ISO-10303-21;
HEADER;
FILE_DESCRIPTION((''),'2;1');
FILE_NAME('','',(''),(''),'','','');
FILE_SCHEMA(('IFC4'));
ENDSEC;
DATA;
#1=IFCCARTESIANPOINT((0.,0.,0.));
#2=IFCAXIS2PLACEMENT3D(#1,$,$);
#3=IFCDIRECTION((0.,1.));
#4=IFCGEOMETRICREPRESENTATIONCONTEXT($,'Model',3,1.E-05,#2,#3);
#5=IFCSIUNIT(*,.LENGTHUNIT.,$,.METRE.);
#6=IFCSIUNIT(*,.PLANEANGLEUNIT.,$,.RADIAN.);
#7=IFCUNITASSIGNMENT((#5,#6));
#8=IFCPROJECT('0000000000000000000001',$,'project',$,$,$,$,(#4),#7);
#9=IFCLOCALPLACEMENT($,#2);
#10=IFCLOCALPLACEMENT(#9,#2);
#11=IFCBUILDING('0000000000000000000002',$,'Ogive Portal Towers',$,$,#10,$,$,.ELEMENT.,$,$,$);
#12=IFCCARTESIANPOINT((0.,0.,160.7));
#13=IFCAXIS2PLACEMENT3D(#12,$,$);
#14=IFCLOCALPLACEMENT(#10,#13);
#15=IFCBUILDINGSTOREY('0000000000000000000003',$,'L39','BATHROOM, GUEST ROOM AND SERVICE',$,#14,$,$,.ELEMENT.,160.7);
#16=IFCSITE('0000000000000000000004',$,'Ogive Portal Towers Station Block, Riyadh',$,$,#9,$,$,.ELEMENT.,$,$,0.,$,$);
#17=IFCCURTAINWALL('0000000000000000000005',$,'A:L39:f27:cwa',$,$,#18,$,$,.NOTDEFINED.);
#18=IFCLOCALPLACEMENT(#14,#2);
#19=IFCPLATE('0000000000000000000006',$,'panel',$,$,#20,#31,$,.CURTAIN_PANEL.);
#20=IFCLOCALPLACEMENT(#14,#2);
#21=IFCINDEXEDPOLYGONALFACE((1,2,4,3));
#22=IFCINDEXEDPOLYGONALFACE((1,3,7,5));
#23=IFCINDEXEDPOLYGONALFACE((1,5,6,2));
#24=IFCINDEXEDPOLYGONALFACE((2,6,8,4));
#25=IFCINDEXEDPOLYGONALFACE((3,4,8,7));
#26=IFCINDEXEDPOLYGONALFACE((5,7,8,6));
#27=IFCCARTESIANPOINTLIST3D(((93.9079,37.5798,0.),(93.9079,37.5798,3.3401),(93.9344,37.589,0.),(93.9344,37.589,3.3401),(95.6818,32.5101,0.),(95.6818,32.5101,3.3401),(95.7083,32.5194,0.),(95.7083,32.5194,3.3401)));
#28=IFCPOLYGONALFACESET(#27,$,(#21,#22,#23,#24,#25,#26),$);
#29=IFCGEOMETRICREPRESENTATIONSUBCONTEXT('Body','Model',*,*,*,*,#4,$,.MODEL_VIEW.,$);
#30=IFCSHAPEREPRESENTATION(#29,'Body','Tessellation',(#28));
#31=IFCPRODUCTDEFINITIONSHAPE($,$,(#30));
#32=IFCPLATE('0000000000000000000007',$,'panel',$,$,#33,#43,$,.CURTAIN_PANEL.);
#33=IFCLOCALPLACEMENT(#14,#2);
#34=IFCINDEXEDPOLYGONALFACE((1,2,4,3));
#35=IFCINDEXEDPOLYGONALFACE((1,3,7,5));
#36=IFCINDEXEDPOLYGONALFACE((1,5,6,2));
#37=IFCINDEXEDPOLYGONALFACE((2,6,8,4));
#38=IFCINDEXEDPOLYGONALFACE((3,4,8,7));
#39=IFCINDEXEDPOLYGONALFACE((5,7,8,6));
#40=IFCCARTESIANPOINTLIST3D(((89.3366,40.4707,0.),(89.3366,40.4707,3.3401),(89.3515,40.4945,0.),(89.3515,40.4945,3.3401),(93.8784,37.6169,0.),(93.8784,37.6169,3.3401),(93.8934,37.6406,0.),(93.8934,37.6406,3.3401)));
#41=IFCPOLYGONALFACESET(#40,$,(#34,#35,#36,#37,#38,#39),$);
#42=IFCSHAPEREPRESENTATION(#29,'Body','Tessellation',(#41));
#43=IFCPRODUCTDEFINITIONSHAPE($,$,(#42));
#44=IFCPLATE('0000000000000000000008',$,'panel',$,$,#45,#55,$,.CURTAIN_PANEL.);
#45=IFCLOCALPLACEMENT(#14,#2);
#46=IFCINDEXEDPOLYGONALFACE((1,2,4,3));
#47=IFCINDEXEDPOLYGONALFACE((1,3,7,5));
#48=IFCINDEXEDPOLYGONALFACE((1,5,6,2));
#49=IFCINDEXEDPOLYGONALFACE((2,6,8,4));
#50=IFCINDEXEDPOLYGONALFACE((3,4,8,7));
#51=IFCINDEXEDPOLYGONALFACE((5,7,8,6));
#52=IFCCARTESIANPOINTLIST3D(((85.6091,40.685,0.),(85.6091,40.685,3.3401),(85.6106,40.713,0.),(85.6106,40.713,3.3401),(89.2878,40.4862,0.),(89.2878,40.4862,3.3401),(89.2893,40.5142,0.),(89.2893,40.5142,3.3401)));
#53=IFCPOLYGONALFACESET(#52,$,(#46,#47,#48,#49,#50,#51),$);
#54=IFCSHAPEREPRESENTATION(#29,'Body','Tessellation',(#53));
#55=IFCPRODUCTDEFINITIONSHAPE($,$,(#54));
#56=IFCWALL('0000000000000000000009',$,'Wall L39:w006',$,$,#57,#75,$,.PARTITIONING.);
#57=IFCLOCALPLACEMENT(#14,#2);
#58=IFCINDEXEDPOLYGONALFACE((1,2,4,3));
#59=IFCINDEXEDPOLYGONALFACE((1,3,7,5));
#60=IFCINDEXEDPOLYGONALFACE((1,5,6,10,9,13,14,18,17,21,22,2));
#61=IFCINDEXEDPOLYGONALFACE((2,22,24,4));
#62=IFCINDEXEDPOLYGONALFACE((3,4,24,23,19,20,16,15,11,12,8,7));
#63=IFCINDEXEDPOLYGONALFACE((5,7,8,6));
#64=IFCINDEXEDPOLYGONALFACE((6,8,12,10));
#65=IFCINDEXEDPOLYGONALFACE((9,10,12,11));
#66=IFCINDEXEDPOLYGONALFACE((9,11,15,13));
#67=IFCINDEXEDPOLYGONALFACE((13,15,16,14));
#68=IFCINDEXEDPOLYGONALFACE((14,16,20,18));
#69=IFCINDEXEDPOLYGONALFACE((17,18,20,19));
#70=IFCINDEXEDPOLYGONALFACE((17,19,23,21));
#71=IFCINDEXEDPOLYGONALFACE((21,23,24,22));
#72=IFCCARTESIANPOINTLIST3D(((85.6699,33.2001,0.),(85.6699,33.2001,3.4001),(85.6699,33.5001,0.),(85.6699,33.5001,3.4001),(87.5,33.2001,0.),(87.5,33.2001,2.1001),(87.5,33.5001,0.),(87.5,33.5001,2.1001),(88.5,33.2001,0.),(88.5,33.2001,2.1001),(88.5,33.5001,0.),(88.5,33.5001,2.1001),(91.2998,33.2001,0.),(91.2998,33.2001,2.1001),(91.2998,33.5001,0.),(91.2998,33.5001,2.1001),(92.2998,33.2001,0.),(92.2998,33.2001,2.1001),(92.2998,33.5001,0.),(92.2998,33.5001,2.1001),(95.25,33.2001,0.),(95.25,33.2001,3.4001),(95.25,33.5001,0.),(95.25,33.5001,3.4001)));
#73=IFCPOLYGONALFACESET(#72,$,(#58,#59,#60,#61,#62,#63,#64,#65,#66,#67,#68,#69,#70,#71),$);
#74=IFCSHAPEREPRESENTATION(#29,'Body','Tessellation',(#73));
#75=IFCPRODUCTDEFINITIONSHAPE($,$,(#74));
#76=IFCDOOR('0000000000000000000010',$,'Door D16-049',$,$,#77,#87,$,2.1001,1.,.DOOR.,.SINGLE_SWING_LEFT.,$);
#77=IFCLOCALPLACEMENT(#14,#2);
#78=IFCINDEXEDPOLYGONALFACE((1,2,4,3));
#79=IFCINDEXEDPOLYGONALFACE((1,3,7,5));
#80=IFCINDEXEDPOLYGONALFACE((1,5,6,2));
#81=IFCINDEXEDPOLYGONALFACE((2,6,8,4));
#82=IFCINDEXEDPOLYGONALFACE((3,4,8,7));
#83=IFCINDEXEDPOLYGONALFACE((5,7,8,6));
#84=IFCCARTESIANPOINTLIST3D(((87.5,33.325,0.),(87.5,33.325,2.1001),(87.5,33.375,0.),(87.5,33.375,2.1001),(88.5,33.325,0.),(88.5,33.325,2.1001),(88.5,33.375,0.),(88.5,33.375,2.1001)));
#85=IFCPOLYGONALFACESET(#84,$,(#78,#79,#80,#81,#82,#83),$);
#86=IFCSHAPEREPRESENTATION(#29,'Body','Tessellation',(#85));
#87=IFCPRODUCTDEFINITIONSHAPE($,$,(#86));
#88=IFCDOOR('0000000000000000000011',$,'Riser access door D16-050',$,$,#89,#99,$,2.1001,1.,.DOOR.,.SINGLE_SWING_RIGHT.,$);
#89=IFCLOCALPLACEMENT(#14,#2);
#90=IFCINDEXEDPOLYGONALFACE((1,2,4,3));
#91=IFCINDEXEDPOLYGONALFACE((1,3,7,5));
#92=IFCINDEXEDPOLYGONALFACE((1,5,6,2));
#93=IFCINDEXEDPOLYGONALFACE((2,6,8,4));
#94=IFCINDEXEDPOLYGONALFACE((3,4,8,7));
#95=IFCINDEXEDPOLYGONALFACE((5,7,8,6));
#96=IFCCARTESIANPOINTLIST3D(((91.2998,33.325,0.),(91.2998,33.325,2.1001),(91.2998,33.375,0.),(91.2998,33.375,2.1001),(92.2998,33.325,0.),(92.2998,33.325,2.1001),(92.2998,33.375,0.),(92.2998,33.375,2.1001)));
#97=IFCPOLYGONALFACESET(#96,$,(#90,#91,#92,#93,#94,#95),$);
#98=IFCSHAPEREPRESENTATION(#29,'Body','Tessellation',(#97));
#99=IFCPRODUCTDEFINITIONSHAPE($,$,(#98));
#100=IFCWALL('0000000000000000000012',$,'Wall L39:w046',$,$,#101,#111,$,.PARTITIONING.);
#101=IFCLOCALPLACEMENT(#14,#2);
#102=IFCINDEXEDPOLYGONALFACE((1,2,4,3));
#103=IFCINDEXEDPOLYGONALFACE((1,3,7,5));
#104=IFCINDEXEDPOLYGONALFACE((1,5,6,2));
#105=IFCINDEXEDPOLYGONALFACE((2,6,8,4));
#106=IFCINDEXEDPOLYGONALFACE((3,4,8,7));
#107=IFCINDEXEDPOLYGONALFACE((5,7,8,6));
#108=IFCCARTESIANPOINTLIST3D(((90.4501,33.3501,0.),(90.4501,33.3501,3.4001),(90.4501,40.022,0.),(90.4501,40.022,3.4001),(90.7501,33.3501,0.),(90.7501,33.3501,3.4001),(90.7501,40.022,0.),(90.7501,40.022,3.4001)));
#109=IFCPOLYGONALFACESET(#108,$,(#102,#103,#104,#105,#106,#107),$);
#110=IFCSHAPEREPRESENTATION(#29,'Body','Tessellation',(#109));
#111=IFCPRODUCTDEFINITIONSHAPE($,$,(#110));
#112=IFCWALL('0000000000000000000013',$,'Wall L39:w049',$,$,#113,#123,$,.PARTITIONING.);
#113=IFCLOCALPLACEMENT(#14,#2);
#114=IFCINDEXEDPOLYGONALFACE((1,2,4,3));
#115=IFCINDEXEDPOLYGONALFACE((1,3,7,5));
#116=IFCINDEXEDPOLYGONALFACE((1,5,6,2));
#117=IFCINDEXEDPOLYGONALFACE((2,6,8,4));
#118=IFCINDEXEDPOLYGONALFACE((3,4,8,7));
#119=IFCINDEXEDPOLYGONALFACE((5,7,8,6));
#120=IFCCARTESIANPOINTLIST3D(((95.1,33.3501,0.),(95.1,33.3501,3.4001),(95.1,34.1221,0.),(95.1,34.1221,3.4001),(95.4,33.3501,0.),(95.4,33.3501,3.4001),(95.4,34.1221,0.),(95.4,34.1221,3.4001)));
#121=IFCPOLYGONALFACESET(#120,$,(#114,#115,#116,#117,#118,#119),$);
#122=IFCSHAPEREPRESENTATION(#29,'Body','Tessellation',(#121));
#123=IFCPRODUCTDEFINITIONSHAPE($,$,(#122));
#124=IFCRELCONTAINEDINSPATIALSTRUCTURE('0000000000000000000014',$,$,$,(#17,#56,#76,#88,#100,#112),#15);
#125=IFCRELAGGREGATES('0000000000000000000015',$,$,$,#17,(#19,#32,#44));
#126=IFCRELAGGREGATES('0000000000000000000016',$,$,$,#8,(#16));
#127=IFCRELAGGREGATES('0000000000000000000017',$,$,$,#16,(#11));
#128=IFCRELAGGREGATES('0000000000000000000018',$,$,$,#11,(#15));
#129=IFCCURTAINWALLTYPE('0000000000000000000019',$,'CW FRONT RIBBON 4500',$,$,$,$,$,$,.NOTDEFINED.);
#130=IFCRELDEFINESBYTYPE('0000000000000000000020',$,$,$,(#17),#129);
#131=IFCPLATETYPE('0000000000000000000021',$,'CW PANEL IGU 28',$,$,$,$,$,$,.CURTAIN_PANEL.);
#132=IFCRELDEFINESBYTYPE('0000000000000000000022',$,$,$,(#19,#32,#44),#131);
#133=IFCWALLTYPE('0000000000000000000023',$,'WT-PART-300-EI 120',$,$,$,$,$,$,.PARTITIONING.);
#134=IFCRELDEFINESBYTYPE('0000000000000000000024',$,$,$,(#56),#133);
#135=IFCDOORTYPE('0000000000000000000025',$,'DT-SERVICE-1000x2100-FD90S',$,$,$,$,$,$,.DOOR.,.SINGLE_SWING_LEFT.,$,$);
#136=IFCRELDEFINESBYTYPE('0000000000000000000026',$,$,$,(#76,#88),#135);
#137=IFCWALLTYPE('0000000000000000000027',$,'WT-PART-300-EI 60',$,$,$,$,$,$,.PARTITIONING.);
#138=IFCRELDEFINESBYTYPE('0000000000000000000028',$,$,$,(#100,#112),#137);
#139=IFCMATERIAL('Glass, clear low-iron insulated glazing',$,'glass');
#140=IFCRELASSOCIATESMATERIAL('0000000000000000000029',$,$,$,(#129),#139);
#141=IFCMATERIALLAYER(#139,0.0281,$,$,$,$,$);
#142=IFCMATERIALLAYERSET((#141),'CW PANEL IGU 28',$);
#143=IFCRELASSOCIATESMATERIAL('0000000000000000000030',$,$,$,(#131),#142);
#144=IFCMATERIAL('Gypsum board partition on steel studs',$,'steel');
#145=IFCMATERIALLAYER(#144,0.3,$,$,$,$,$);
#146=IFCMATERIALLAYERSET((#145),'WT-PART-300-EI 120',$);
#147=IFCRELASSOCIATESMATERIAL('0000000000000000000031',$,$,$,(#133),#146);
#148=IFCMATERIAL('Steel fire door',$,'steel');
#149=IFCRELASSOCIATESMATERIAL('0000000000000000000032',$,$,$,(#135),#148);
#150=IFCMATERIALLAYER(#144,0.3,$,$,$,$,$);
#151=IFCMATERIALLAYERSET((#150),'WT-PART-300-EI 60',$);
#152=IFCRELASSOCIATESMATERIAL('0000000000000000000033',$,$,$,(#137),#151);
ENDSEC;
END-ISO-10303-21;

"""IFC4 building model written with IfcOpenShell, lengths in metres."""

from ifc_helpers import new_model, si_unit, direction, frame, frame_2d, origin, origin_2d, place, context, subcontext, project, spatial, rectangle, extrude, material, layer, layer_set, type_object, element, fill, aggregate, save


model = new_model("IFC4")

# Units and contexts
model_context = context("Model", 3, precision=1e-05, world=origin(), true_north=direction((0.0, 1.0)))
body_context = subcontext(model_context, "Body", "Model", "MODEL_VIEW")
ifc_project = project(units=[si_unit("LENGTHUNIT", "METRE"), si_unit("PLANEANGLEUNIT", "RADIAN")], contexts=[model_context])

# Site, building, storey
site_placement = place(None, origin())
site = spatial("IfcSite", under=ifc_project, at=site_placement, Name="Ogive Portal Towers Station Block, Riyadh", CompositionType="ELEMENT", RefElevation=0.0)
building_placement = place(site_placement, origin())
building = spatial("IfcBuilding", under=site, at=building_placement, Name="Ogive Portal Towers", CompositionType="ELEMENT")
storey_placement = place(building_placement, frame((0.0, 0.0, 160.7)))
storey = spatial("IfcBuildingStorey", under=building, at=storey_placement, Name="L39", Description="BATHROOM, GUEST ROOM AND SERVICE", CompositionType="ELEMENT", Elevation=160.7)

# Curtain wall
ifc_material_1 = material(Name="Glass, clear low-iron insulated glazing", Category="glass")
curtain_wall_type_1 = type_object("IfcCurtainWallType", Name="CW FRONT RIBBON 4500", PredefinedType="NOTDEFINED", material=ifc_material_1)
curtain_wall_1_placement = place(storey_placement, origin())
curtain_wall_1 = element("IfcCurtainWall", 1, at=curtain_wall_1_placement, inside=storey, type_object=curtain_wall_type_1, Name="A:L39:f27:cwa", PredefinedType="NOTDEFINED")

# Plates
ifc_layer_1 = layer(ifc_material_1, 0.0281)
ifc_layer_set_1 = layer_set([ifc_layer_1], Name="CW PANEL IGU 28")
plate_type = type_object("IfcPlateType", Name="CW PANEL IGU 28", PredefinedType="CURTAIN_PANEL", material=ifc_layer_set_1)
plate_1_placement = place(storey_placement, frame((94.8081, 35.0496, 0.0), z_axis=(0.0, 0.0, 1.0), x_axis=(-0.330279, 0.943883, 0.0)))
plate_1 = element("IfcPlate", 2, at=plate_1_placement, type_object=plate_type, Name="panel", PredefinedType="CURTAIN_PANEL", context=body_context, shape_type="SweptSolid", body=[
    extrude(rectangle(XDim=5.3711, YDim=0.0281, at=origin_2d()), origin(), (0.0, 0.0, 1.0), 3.3401),
])
plate_2_placement = place(storey_placement, frame((91.615, 39.0557, 0.0), z_axis=(0.0, 0.0, 1.0), x_axis=(-0.846724, 0.532032, 0.0)))
plate_2 = element("IfcPlate", 3, at=plate_2_placement, type_object=plate_type, Name="panel", PredefinedType="CURTAIN_PANEL", context=body_context, shape_type="SweptSolid", body=[
    extrude(rectangle(XDim=5.364, YDim=0.0281, at=origin_2d()), origin(), (0.0, 0.0, 1.0), 3.3401),
])
plate_3_placement = place(storey_placement, frame((87.4492, 40.5996, 0.0), z_axis=(0.0, 0.0, 1.0), x_axis=(-0.998543, 0.053965, 0.0)))
plate_3 = element("IfcPlate", 4, at=plate_3_placement, type_object=plate_type, Name="panel", PredefinedType="CURTAIN_PANEL", context=body_context, shape_type="SweptSolid", body=[
    extrude(rectangle(XDim=3.6841, YDim=0.0281, at=origin_2d()), origin(), (0.0, 0.0, 1.0), 3.3401),
])
aggregate(curtain_wall_1, [plate_1, plate_2, plate_3])

# Wall, openings, doors
ifc_material_2 = material(Name="Gypsum board partition on steel studs", Category="steel")
ifc_layer_2 = layer(ifc_material_2, 0.3)
ifc_layer_set_2 = layer_set([ifc_layer_2], Name="WT-PART-300-EI 120")
wall_type_1 = type_object("IfcWallType", Name="WT-PART-300-EI 120", PredefinedType="PARTITIONING", material=ifc_layer_set_2)
wall_1_placement = place(storey_placement, frame((85.6699, 33.3501, 0.0), z_axis=(0.0, 0.0, 1.0), x_axis=(1.0, 0.0, 0.0)))
wall_1 = element("IfcWall", 5, at=wall_1_placement, inside=storey, type_object=wall_type_1, Name="Wall L39:w006", PredefinedType="PARTITIONING", context=body_context, shape_type="SweptSolid", body=[
    extrude(rectangle(XDim=9.5801, YDim=0.3, at=frame_2d((4.79, 0.0))), origin(), (0.0, 0.0, 1.0), 3.4001),
])
opening_1_placement = place(wall_1_placement, frame((1.8301, 0.0, 0.0)))
opening_1 = element("IfcOpeningElement", 6, at=opening_1_placement, cuts=wall_1, PredefinedType="OPENING", context=body_context, shape_type="SweptSolid", body=[
    extrude(rectangle(XDim=1.0, YDim=2.1001, at=frame_2d((0.5, 1.05))), frame((0.0, 0.1602, 0.0), z_axis=(0.0, -1.0, 0.0), x_axis=(1.0, 0.0, 0.0)), (0.0, 0.0, 1.0), 0.3201),
])
opening_2_placement = place(wall_1_placement, frame((5.6299, 0.0, 0.0)))
opening_2 = element("IfcOpeningElement", 7, at=opening_2_placement, cuts=wall_1, PredefinedType="OPENING", context=body_context, shape_type="SweptSolid", body=[
    extrude(rectangle(XDim=1.0, YDim=2.1001, at=frame_2d((0.5, 1.05))), frame((0.0, 0.1602, 0.0), z_axis=(0.0, -1.0, 0.0), x_axis=(1.0, 0.0, 0.0)), (0.0, 0.0, 1.0), 0.3201),
])
ifc_material_3 = material(Name="Steel fire door", Category="steel")
door_type = type_object("IfcDoorType", Name="DT-SERVICE-1000x2100-FD90S", OperationType="SINGLE_SWING_LEFT", PredefinedType="DOOR", material=ifc_material_3)
door_1_placement = place(opening_1_placement, origin())
door_1 = element("IfcDoor", 8, at=door_1_placement, inside=storey, type_object=door_type, Name="Door D16-049", OperationType="SINGLE_SWING_LEFT", OverallHeight=2.1001, OverallWidth=1.0, PredefinedType="DOOR", context=body_context, shape_type="SweptSolid", body=[
    extrude(rectangle(XDim=1.0, YDim=2.1001, at=frame_2d((0.5, 1.05))), frame((0.0, 0.0249, 0.0), z_axis=(0.0, -1.0, 0.0), x_axis=(1.0, 0.0, 0.0)), (0.0, 0.0, 1.0), 0.05),
])
fill(opening_1, door_1)
door_2_placement = place(opening_2_placement, origin())
door_2 = element("IfcDoor", 9, at=door_2_placement, inside=storey, type_object=door_type, Name="Riser access door D16-050", OperationType="SINGLE_SWING_RIGHT", OverallHeight=2.1001, OverallWidth=1.0, PredefinedType="DOOR", context=body_context, shape_type="SweptSolid", body=[
    extrude(rectangle(XDim=1.0, YDim=2.1001, at=frame_2d((0.5, 1.05))), frame((0.0, 0.0249, 0.0), z_axis=(0.0, -1.0, 0.0), x_axis=(1.0, 0.0, 0.0)), (0.0, 0.0, 1.0), 0.05),
])
fill(opening_2, door_2)

# Walls
ifc_layer_3 = layer(ifc_material_2, 0.3)
ifc_layer_set_3 = layer_set([ifc_layer_3], Name="WT-PART-300-EI 60")
wall_type_2 = type_object("IfcWallType", Name="WT-PART-300-EI 60", PredefinedType="PARTITIONING", material=ifc_layer_set_3)
wall_2_placement = place(storey_placement, frame((90.6001, 33.3501, 0.0), z_axis=(0.0, 0.0, 1.0), x_axis=(0.0, 1.0, 0.0)))
element("IfcWall", 10, at=wall_2_placement, inside=storey, type_object=wall_type_2, Name="Wall L39:w046", PredefinedType="PARTITIONING", context=body_context, shape_type="SweptSolid", body=[
    extrude(rectangle(XDim=6.6719, YDim=0.3, at=frame_2d((3.3359, 0.0))), origin(), (0.0, 0.0, 1.0), 3.4001),
])
wall_3_placement = place(storey_placement, frame((95.25, 33.3501, 0.0), z_axis=(0.0, 0.0, 1.0), x_axis=(0.0, 1.0, 0.0)))
element("IfcWall", 11, at=wall_3_placement, inside=storey, type_object=wall_type_2, Name="Wall L39:w049", PredefinedType="PARTITIONING", context=body_context, shape_type="SweptSolid", body=[
    extrude(rectangle(XDim=0.772, YDim=0.3, at=frame_2d((0.386, 0.0))), origin(), (0.0, 0.0, 1.0), 3.4001),
])

save(model, "model.ifc")
